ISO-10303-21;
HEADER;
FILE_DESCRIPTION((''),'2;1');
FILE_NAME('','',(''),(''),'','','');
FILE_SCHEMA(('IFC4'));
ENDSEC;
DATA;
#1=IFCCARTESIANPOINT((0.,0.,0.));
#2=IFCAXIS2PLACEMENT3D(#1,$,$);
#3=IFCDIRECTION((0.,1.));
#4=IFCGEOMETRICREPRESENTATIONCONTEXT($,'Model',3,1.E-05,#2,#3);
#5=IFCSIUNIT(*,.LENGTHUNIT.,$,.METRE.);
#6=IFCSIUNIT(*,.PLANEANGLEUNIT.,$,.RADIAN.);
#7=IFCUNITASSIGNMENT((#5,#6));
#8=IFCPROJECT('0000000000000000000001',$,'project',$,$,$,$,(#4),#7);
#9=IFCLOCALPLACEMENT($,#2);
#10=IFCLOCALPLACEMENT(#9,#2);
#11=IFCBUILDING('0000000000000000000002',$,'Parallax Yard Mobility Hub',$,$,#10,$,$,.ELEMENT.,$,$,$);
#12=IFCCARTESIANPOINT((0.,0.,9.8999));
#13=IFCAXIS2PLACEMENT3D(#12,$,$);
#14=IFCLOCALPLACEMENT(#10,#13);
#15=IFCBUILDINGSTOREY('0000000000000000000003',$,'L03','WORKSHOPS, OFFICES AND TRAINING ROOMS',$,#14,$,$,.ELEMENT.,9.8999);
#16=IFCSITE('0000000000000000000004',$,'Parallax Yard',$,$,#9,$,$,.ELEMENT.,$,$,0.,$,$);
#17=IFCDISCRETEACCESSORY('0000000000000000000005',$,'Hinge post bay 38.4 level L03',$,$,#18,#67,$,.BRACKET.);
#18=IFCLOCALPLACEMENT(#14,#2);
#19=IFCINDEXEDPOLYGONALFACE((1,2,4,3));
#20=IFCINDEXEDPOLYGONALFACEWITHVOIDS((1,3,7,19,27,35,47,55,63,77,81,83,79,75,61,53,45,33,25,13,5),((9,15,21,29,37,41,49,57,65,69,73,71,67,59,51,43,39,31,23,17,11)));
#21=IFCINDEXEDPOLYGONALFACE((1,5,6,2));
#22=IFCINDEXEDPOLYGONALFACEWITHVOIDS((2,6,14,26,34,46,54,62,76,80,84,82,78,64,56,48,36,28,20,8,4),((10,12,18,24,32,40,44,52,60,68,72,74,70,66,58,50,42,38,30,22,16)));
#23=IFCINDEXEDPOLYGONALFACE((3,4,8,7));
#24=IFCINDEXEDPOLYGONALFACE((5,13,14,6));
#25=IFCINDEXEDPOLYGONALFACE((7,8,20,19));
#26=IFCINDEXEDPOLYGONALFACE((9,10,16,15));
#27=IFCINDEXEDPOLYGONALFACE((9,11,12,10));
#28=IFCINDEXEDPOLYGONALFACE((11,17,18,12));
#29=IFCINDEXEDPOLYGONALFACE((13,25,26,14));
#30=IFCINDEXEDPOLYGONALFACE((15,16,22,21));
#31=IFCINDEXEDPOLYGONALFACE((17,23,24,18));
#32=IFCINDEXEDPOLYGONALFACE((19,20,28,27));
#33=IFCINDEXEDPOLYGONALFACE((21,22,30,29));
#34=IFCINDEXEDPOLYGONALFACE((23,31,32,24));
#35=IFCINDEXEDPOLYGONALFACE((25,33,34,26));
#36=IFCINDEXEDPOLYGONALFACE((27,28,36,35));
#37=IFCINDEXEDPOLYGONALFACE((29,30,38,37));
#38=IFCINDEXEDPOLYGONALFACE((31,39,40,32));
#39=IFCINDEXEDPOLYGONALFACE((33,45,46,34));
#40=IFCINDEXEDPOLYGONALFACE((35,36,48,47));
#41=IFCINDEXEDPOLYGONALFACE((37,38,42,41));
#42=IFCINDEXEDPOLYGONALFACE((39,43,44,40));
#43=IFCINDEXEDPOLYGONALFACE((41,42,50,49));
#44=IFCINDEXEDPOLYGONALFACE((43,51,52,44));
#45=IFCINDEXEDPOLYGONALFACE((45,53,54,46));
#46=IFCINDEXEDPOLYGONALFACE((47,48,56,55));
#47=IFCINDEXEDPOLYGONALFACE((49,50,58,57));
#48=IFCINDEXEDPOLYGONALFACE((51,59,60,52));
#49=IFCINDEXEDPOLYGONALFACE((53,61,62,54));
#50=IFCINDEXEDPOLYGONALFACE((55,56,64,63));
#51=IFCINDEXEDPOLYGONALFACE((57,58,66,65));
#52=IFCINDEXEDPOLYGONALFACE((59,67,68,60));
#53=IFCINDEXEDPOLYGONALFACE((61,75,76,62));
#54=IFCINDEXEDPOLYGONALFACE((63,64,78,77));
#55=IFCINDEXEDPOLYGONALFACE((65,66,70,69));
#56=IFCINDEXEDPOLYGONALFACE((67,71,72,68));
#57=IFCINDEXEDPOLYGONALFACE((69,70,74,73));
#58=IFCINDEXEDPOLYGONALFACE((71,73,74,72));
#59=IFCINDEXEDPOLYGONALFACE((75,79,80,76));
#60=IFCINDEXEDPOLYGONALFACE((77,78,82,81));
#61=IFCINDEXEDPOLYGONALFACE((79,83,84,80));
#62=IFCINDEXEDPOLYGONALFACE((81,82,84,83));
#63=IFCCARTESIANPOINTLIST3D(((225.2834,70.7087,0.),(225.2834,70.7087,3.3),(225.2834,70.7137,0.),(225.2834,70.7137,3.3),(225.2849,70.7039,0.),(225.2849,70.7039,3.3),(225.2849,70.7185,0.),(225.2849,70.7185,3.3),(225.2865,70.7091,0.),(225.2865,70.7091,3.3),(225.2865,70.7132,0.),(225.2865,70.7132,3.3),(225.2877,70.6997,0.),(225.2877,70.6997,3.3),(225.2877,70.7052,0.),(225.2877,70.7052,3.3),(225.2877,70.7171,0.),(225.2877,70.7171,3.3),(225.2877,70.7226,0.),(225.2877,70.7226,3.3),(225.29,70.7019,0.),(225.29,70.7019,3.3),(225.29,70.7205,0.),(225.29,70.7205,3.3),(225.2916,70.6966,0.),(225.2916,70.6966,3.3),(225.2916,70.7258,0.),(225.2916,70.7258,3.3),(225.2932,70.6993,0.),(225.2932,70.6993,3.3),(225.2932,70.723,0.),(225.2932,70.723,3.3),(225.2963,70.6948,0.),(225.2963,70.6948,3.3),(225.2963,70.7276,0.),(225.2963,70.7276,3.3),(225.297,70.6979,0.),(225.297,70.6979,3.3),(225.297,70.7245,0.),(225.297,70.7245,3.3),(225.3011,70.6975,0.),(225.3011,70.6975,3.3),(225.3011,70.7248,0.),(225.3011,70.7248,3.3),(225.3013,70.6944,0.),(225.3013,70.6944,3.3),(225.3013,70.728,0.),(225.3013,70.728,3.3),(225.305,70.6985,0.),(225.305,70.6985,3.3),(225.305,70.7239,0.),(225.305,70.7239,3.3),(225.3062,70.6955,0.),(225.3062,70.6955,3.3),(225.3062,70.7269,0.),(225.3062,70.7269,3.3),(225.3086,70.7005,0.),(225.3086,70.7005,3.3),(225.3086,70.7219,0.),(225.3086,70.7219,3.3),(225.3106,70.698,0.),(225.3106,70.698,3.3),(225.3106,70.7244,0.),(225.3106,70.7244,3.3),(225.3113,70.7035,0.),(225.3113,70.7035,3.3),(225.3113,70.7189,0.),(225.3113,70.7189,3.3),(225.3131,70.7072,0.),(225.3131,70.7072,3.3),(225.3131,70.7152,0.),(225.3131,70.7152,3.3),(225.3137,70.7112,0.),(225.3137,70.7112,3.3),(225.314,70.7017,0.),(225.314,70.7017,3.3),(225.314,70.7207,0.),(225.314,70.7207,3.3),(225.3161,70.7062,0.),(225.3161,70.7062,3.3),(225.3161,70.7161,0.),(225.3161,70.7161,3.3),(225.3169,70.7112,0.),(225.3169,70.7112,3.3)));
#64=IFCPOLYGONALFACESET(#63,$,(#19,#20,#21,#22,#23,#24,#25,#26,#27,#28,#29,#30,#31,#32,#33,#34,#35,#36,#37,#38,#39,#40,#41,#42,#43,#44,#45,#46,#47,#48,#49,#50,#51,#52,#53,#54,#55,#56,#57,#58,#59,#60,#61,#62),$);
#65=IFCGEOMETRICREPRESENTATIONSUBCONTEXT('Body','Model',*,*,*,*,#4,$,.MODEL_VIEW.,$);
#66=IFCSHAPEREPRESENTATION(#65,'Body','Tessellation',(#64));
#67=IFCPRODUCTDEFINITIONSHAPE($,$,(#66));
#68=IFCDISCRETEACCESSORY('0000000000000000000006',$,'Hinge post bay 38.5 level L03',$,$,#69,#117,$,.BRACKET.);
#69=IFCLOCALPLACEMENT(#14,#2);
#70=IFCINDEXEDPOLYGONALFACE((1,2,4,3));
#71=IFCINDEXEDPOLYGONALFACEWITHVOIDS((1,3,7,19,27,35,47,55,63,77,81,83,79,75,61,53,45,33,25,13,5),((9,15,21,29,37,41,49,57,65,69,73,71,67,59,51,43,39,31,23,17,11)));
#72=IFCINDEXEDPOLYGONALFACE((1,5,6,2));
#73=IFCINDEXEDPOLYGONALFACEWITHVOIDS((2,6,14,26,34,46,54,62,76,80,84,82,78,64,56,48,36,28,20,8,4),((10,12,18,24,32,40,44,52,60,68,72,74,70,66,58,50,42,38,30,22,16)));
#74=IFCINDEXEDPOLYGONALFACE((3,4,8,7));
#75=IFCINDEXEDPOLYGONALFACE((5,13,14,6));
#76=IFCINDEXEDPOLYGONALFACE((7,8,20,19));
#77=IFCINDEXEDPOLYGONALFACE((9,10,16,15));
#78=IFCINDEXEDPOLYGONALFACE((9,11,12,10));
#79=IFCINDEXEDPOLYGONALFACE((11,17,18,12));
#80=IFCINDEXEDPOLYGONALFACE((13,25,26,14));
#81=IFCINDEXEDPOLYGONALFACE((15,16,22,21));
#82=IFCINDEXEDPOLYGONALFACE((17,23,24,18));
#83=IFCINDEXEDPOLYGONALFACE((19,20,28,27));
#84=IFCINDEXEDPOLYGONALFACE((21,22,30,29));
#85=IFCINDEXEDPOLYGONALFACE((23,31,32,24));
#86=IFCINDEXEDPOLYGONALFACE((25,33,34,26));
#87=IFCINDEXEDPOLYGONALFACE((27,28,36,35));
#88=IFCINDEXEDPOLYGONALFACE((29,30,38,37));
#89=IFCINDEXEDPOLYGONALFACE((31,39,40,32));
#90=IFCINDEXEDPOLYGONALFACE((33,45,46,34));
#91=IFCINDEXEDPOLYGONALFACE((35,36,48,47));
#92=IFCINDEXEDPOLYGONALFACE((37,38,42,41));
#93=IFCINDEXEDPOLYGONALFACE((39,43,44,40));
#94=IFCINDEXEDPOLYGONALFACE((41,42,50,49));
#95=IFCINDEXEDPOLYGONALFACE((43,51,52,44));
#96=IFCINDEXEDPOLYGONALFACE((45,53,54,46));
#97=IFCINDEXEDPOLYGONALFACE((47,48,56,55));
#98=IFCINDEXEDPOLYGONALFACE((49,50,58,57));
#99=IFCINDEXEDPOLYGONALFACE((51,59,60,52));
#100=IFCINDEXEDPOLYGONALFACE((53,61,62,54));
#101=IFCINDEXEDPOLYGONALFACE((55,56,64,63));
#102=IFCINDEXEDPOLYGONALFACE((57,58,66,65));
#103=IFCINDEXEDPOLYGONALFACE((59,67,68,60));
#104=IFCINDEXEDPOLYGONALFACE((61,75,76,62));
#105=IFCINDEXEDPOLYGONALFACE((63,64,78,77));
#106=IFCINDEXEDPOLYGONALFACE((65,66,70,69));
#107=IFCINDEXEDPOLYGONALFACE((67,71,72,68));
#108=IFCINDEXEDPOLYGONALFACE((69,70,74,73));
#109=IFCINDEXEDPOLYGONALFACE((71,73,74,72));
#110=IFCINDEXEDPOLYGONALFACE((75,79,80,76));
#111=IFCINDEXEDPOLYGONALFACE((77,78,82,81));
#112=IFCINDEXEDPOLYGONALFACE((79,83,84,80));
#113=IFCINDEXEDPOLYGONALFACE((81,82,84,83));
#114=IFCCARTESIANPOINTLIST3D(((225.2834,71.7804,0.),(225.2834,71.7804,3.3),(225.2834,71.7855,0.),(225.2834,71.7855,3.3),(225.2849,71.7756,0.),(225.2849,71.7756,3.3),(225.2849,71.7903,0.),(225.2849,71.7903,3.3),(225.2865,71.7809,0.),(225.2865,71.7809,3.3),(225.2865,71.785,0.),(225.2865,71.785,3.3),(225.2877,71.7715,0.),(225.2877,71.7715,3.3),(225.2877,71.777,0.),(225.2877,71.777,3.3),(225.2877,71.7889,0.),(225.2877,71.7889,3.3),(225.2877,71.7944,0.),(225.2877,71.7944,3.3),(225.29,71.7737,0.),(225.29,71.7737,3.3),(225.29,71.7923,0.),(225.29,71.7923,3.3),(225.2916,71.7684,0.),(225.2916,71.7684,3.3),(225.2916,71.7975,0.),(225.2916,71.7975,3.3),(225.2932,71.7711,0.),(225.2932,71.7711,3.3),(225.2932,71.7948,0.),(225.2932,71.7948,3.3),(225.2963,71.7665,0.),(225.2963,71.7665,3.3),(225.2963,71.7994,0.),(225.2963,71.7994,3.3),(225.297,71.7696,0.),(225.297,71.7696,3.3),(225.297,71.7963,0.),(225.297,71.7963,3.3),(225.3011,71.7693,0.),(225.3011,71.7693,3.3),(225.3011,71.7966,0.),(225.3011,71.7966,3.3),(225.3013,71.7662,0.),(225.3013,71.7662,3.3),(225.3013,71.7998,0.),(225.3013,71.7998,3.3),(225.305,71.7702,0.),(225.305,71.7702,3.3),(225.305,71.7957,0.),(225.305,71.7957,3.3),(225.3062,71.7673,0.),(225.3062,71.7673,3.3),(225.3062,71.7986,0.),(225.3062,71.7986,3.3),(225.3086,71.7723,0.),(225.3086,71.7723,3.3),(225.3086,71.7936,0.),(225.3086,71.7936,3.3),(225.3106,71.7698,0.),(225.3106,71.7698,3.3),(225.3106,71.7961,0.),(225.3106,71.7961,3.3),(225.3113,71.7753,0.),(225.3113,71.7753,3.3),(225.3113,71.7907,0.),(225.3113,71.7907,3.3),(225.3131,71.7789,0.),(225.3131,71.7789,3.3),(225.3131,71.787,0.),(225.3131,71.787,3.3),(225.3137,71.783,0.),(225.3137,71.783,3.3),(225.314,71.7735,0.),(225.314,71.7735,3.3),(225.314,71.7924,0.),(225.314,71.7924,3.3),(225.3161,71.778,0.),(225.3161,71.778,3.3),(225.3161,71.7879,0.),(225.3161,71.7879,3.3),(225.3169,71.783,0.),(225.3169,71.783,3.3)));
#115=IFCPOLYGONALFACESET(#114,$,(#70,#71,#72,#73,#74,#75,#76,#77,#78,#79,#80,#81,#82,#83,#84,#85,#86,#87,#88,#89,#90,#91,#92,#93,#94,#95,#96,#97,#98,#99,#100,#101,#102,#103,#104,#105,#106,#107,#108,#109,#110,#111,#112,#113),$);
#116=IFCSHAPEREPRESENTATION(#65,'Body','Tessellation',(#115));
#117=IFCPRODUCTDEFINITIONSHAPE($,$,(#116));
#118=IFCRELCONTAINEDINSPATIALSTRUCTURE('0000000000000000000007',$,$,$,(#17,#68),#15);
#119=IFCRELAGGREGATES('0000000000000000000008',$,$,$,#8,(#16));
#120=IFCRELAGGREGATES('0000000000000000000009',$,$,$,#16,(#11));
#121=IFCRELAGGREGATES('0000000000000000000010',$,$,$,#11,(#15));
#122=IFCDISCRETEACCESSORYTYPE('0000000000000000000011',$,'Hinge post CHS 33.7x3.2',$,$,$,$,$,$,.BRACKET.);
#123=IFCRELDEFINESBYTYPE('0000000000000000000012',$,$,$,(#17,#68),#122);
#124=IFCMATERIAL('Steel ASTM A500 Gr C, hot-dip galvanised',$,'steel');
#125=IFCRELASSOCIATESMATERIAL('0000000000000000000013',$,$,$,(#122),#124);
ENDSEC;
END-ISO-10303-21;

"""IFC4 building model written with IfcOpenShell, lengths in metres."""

from ifc_helpers import new_model, si_unit, direction, frame, origin, origin_2d, place, context, subcontext, project, spatial, hollow_circle, extrude, material, material_profile, profile_set, type_object, element, save


model = new_model("IFC4")

# Units and contexts
model_context = context("Model", 3, precision=1e-05, world=origin(), true_north=direction((0.0, 1.0)))
body_context = subcontext(model_context, "Body", "Model", "MODEL_VIEW")
ifc_project = project(units=[si_unit("LENGTHUNIT", "METRE"), si_unit("PLANEANGLEUNIT", "RADIAN")], contexts=[model_context])

# Site, building, storey
site_placement = place(None, origin())
site = spatial("IfcSite", under=ifc_project, at=site_placement, Name="Parallax Yard", CompositionType="ELEMENT", RefElevation=0.0)
building_placement = place(site_placement, origin())
building = spatial("IfcBuilding", under=site, at=building_placement, Name="Parallax Yard Mobility Hub", CompositionType="ELEMENT")
storey_placement = place(building_placement, frame((0.0, 0.0, 9.8999)))
storey = spatial("IfcBuildingStorey", under=building, at=storey_placement, Name="L03", Description="WORKSHOPS, OFFICES AND TRAINING ROOMS", CompositionType="ELEMENT", Elevation=9.8999)

# Discrete accessories
ifc_material_1 = material(Name="Steel ASTM A500 Gr C, hot-dip galvanised", Category="steel")
ifc_material_profile_1 = material_profile(ifc_material_1, hollow_circle(Radius=0.0168, WallThickness=0.0032, at=origin_2d()), Name="CHS 33.7x3.2")
ifc_profile_set_1 = profile_set([ifc_material_profile_1], Name="Steel ASTM A500 Gr C, hot-dip galvanised")
discrete_accessory_type_1 = type_object("IfcDiscreteAccessoryType", Name="Hinge post CHS 33.7x3.2", PredefinedType="BRACKET", material=ifc_profile_set_1)
for number, where, z_axis, x_axis, name in (
    (1, (225.3, 70.7112, 0.0), (0.0, 0.0, 1.0), (1.0, 0.0, 0.0), "Hinge post bay 38.4 level L03"),
    (2, (225.3, 71.783, 0.0), (0.0, 0.0, 1.0), (1.0, 0.0, 0.0), "Hinge post bay 38.5 level L03"),
):
    element("IfcDiscreteAccessory", number, at=place(storey_placement, frame(where, z_axis=z_axis, x_axis=x_axis)), inside=storey, type_object=discrete_accessory_type_1, Name=name, PredefinedType="BRACKET", context=body_context, shape_type="SweptSolid", body=[
        extrude(hollow_circle(Radius=0.0168, WallThickness=0.0032, at=origin_2d()), origin(), (0.0, 0.0, 1.0), 3.3),
    ])

save(model, "model.ifc")
